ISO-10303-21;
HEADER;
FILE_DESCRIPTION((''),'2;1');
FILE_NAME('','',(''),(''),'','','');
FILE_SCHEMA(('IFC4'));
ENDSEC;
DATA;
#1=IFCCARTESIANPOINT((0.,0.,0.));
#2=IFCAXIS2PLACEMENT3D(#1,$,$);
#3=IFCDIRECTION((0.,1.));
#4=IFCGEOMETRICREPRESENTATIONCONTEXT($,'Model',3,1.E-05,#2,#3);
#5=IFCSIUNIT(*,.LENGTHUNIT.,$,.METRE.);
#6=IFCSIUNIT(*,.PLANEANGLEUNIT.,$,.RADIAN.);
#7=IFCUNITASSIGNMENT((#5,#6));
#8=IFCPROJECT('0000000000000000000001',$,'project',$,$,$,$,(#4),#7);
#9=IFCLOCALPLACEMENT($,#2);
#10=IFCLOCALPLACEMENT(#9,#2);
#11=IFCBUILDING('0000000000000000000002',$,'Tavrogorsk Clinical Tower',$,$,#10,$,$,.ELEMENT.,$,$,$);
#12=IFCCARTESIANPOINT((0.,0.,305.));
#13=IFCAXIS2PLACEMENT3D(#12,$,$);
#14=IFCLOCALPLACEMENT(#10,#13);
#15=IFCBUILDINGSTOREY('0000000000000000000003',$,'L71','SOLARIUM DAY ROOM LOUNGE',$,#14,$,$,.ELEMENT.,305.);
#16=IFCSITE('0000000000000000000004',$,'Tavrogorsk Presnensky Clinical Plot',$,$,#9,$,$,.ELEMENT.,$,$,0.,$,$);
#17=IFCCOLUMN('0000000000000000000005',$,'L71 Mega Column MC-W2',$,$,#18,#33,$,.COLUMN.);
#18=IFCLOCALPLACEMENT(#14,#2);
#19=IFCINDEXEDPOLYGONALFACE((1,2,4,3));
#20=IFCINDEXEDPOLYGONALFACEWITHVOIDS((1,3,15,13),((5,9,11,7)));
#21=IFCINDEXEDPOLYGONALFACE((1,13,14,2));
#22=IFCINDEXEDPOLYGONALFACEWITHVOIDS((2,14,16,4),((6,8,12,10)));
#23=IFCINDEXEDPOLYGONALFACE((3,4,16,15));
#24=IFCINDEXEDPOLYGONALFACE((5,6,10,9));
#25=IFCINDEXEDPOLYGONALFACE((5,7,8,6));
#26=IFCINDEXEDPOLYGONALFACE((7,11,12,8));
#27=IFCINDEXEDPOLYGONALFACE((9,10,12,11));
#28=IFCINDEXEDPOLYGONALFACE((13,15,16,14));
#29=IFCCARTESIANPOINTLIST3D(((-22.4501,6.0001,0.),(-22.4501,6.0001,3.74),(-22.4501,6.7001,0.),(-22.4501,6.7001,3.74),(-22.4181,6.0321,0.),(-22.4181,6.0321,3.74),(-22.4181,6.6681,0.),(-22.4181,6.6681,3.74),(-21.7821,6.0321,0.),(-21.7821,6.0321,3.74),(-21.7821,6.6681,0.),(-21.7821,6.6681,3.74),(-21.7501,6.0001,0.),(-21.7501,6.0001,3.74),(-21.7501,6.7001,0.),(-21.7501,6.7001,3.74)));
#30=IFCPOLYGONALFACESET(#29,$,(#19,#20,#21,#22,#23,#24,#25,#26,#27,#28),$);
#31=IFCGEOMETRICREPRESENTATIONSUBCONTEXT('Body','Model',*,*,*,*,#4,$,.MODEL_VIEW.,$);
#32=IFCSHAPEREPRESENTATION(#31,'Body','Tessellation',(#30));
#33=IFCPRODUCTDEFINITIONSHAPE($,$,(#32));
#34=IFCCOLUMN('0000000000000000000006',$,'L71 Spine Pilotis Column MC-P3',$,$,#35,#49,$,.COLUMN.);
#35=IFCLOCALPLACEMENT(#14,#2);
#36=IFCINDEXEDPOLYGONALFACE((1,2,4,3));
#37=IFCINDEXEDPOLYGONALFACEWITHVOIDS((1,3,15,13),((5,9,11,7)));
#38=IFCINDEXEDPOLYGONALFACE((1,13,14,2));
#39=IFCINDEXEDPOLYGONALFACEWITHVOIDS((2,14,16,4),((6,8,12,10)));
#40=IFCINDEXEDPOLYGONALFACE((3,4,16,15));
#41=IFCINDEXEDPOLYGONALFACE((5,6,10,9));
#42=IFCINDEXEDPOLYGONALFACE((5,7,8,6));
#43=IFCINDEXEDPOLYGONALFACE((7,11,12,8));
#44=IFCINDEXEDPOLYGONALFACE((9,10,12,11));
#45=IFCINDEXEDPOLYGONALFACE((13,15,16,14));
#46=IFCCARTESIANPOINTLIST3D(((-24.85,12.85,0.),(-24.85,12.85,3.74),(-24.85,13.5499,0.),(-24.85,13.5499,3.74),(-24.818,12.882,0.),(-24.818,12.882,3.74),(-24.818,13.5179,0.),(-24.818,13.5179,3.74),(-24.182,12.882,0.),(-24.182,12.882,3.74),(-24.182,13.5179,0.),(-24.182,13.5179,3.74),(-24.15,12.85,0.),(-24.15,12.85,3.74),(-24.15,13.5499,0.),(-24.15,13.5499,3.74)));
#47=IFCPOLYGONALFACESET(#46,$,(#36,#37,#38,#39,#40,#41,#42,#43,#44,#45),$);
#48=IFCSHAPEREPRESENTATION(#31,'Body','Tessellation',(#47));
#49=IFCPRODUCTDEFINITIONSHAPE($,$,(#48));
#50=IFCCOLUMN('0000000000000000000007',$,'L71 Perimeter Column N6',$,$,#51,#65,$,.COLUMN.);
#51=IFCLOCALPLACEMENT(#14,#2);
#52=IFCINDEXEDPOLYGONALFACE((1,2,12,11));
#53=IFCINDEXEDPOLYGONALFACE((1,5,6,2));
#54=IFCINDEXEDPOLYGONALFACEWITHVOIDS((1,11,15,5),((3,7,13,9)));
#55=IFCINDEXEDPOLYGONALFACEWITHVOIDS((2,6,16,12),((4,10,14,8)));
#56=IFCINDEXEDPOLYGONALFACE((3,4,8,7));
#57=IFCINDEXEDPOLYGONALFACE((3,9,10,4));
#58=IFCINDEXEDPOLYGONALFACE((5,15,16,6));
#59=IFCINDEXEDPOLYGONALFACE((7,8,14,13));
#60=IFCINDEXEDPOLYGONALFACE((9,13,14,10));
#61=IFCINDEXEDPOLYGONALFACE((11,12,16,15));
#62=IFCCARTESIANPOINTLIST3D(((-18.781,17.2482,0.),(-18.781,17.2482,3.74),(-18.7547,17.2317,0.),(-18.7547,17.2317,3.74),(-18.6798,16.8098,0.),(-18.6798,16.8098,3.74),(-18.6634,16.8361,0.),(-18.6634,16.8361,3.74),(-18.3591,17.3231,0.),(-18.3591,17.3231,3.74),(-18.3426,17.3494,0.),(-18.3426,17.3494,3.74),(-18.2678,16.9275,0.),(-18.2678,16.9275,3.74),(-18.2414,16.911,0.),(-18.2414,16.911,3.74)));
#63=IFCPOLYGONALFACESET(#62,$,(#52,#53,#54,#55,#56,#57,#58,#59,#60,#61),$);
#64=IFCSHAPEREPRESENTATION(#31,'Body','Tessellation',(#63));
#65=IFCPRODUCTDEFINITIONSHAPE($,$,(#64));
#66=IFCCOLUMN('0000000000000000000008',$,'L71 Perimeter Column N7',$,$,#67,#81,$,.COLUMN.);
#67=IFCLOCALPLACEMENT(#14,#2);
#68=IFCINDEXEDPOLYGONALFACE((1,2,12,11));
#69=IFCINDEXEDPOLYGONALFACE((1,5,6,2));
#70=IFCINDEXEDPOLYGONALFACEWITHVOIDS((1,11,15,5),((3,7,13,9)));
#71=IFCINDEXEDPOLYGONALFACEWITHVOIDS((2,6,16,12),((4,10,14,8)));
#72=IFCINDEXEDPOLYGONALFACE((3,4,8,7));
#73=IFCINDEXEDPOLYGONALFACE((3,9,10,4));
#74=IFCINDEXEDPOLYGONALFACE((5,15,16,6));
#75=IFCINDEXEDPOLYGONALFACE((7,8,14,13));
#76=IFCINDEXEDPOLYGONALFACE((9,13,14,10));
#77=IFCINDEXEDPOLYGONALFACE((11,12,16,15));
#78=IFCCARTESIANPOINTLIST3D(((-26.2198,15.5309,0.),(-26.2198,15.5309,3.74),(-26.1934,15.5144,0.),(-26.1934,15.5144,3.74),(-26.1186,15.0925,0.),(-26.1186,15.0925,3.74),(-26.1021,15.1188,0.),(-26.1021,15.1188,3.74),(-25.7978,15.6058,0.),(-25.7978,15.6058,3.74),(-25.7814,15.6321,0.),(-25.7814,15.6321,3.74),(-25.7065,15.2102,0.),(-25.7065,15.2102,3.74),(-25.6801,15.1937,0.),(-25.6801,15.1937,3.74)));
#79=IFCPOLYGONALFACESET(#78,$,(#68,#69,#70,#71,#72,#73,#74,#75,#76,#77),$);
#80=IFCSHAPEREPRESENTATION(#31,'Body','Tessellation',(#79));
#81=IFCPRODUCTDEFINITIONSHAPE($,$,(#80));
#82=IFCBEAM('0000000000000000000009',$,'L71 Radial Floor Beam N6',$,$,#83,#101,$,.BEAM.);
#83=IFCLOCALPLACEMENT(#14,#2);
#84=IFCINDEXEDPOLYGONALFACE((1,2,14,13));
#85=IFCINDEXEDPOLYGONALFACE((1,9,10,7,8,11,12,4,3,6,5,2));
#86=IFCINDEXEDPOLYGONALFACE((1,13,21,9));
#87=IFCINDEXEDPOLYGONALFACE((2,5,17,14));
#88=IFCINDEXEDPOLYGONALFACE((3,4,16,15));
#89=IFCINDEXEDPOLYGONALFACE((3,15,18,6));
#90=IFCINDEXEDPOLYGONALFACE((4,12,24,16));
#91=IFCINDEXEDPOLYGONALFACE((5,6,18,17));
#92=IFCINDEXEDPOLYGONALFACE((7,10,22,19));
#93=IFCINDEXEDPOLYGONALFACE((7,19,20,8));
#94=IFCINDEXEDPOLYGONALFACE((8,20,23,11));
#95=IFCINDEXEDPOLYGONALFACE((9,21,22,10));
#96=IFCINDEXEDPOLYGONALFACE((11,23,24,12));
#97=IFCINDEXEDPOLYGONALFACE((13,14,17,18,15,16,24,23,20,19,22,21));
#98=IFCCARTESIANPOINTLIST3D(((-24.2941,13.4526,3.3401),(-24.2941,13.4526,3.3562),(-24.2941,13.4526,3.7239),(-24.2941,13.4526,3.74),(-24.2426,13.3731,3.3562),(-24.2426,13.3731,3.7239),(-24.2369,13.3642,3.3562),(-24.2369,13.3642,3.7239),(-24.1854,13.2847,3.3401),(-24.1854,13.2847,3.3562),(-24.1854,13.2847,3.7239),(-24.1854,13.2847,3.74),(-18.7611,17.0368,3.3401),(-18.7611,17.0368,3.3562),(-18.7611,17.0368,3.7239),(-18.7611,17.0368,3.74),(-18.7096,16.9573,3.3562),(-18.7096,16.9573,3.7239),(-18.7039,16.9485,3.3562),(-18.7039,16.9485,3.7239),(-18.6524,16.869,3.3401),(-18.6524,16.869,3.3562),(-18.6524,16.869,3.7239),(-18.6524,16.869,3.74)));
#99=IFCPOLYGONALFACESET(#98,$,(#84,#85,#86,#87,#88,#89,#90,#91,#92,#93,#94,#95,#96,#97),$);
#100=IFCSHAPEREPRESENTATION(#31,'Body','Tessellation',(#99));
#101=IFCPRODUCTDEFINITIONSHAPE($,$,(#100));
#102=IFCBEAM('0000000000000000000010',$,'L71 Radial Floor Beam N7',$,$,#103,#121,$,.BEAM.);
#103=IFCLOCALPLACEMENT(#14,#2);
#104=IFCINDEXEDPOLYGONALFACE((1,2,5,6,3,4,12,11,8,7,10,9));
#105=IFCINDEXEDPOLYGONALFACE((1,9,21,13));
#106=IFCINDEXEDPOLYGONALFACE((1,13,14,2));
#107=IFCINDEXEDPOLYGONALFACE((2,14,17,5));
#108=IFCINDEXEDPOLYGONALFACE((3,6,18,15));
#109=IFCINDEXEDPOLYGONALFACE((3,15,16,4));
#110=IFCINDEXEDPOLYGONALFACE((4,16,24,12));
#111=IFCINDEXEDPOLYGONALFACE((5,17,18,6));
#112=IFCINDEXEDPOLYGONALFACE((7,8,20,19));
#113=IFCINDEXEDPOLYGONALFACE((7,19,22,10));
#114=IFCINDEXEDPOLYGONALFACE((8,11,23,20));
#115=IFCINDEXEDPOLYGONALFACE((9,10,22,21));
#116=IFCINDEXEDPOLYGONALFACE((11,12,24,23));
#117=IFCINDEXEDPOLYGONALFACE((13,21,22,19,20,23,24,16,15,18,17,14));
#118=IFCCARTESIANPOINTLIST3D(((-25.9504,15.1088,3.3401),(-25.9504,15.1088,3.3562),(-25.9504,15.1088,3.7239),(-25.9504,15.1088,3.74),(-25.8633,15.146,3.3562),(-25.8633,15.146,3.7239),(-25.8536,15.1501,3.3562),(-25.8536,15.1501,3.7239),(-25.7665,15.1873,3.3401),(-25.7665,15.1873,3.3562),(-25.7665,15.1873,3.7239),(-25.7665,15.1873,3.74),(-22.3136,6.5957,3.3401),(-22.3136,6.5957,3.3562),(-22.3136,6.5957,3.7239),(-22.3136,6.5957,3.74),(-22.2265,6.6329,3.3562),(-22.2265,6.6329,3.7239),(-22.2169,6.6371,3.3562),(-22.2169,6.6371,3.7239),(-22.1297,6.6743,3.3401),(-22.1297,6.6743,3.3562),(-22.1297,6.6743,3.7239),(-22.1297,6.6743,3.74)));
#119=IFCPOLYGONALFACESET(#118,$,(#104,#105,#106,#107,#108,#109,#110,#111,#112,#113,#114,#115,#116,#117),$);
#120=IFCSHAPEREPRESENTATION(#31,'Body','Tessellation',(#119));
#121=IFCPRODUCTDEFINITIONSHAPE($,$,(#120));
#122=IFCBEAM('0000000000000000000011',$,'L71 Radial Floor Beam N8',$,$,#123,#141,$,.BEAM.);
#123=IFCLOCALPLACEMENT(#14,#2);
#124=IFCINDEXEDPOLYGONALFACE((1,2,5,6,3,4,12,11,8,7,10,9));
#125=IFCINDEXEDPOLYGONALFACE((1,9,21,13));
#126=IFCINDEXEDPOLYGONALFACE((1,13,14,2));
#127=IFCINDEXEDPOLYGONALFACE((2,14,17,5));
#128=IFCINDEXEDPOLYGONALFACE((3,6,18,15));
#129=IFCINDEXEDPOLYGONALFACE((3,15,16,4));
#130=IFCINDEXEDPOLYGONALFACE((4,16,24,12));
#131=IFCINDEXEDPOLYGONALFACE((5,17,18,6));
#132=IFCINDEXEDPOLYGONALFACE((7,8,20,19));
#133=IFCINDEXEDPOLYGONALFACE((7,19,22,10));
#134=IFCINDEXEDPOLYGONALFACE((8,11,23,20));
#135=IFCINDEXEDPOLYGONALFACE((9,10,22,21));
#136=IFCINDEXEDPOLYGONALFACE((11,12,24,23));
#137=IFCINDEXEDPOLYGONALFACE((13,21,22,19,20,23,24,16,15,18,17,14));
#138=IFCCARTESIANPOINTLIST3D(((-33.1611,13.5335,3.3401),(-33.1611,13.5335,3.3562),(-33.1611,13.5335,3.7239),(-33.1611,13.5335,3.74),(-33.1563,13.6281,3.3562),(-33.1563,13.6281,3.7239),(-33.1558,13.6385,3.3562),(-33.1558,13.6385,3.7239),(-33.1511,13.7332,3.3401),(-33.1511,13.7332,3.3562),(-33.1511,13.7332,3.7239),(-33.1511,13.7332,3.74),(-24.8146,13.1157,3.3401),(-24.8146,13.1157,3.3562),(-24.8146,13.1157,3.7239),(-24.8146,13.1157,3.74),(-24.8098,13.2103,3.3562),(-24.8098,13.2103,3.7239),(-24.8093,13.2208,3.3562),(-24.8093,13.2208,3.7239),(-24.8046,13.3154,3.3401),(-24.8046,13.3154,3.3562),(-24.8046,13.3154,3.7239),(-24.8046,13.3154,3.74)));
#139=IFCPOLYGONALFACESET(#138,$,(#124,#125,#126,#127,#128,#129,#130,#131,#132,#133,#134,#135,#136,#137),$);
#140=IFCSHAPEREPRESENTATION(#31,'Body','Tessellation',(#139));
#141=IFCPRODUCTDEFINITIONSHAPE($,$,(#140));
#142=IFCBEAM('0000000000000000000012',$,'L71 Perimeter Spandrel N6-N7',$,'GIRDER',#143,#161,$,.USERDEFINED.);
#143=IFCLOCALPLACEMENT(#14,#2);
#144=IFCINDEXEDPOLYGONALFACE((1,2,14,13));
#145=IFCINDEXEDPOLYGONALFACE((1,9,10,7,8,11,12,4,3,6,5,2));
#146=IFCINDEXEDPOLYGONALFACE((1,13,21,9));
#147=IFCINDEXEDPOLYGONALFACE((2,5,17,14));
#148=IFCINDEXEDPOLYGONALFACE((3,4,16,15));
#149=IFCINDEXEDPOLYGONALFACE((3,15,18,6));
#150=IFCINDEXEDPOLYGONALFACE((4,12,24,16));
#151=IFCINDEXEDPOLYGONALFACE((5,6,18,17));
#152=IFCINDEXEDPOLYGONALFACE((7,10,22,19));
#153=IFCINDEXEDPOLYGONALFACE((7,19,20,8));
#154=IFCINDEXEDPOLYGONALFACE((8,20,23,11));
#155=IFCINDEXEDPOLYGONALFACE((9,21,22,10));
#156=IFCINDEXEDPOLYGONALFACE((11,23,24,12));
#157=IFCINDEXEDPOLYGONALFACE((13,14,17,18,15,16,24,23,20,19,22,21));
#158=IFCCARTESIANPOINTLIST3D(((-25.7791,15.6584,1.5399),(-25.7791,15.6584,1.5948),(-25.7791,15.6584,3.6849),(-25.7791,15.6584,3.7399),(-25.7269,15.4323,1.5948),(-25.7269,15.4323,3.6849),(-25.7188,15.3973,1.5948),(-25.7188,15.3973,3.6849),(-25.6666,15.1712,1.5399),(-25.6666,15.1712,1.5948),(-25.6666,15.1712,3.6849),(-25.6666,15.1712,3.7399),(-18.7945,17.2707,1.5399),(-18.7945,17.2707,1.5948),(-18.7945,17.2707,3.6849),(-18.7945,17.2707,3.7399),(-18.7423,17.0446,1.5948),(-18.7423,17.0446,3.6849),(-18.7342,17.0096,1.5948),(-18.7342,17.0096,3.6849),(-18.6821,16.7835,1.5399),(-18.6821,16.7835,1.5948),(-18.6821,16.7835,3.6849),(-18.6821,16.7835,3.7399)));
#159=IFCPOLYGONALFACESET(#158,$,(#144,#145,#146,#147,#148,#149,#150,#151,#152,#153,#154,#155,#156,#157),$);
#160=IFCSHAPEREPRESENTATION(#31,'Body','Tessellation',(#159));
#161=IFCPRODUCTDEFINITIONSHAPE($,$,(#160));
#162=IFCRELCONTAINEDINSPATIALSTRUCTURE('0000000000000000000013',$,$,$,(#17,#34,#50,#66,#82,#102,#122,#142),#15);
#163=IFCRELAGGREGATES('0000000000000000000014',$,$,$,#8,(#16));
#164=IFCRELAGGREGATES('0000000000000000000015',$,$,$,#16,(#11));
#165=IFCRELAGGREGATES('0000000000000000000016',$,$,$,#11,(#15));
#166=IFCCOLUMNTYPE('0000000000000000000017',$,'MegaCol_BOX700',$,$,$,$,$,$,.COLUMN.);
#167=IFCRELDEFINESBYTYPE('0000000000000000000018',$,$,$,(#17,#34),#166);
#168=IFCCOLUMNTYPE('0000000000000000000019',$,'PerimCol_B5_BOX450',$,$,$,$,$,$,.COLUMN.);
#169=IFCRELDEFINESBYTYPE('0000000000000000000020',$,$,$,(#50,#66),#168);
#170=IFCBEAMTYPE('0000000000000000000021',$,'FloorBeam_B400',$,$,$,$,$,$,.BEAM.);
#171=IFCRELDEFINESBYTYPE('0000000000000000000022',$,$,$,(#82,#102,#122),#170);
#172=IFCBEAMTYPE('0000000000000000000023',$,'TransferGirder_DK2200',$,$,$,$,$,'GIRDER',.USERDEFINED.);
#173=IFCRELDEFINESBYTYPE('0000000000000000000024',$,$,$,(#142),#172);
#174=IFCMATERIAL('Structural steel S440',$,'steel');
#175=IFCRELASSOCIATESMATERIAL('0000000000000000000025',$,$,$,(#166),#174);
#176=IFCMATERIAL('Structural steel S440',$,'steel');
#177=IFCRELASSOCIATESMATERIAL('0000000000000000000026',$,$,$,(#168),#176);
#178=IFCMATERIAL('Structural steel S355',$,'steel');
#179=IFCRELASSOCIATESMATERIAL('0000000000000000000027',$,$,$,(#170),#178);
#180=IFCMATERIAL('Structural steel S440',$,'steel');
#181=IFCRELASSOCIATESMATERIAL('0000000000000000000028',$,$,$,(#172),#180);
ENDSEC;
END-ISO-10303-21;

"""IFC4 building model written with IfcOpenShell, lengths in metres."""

from ifc_helpers import new_model, si_unit, direction, frame, origin, origin_2d, place, context, subcontext, project, spatial, hollow_rectangle, i_section, extrude, material, material_profile, profile_set, type_object, element, save


model = new_model("IFC4")

# Units and contexts
model_context = context("Model", 3, precision=1e-05, world=origin(), true_north=direction((0.0, 1.0)))
body_context = subcontext(model_context, "Body", "Model", "MODEL_VIEW")
ifc_project = project(units=[si_unit("LENGTHUNIT", "METRE"), si_unit("PLANEANGLEUNIT", "RADIAN")], contexts=[model_context])

# Site, building, storey
site_placement = place(None, origin())
site = spatial("IfcSite", under=ifc_project, at=site_placement, Name="Tavrogorsk Presnensky Clinical Plot", CompositionType="ELEMENT", RefElevation=0.0)
building_placement = place(site_placement, origin())
building = spatial("IfcBuilding", under=site, at=building_placement, Name="Tavrogorsk Clinical Tower", CompositionType="ELEMENT")
storey_placement = place(building_placement, frame((0.0, 0.0, 305.0)))
storey = spatial("IfcBuildingStorey", under=building, at=storey_placement, Name="L71", Description="SOLARIUM DAY ROOM LOUNGE", CompositionType="ELEMENT", Elevation=305.0)

# Columns
ifc_material_1 = material(Name="Structural steel S440", Category="steel")
ifc_material_profile_1 = material_profile(ifc_material_1, hollow_rectangle(XDim=0.7, YDim=0.7, WallThickness=0.032, at=origin_2d()), Name="BOX-700x700x32")
ifc_profile_set_1 = profile_set([ifc_material_profile_1], Name="Structural steel S440")
column_type_1 = type_object("IfcColumnType", Name="MegaCol_BOX700", PredefinedType="COLUMN", material=ifc_profile_set_1)
for number, where, z_axis, x_axis, name in (
    (1, (-22.1001, 6.3501, 0.0), (0.0, 0.0, 1.0), (1.0, 0.0, 0.0), "L71 Mega Column MC-W2"),
    (2, (-24.5, 13.2, 0.0), (0.0, 0.0, 1.0), (1.0, 0.0, 0.0), "L71 Spine Pilotis Column MC-P3"),
):
    element("IfcColumn", number, at=place(storey_placement, frame(where, z_axis=z_axis, x_axis=x_axis)), inside=storey, type_object=column_type_1, Name=name, PredefinedType="COLUMN", context=body_context, shape_type="SweptSolid", body=[
        extrude(hollow_rectangle(XDim=0.7, YDim=0.7, WallThickness=0.032, at=origin_2d()), origin(), (0.0, 0.0, 1.0), 3.74),
    ])
ifc_material_2 = material(Name="Structural steel S440", Category="steel")
ifc_material_profile_2 = material_profile(ifc_material_2, hollow_rectangle(XDim=0.45, YDim=0.45, WallThickness=0.022, at=origin_2d()), Name="BOX-450x450x22")
ifc_profile_set_2 = profile_set([ifc_material_profile_2], Name="Structural steel S440")
column_type_2 = type_object("IfcColumnType", Name="PerimCol_B5_BOX450", PredefinedType="COLUMN", material=ifc_profile_set_2)
for number, where, z_axis, x_axis, name in (
    (3, (-18.5112, 17.0796, 0.0), (0.0, 0.0, 1.0), (0.97437, 0.224951, 0.0), "L71 Perimeter Column N6"),
    (4, (-25.95, 15.3623, 0.0), (0.0, 0.0, 1.0), (0.97437, 0.224951, 0.0), "L71 Perimeter Column N7"),
):
    element("IfcColumn", number, at=place(storey_placement, frame(where, z_axis=z_axis, x_axis=x_axis)), inside=storey, type_object=column_type_2, Name=name, PredefinedType="COLUMN", context=body_context, shape_type="SweptSolid", body=[
        extrude(hollow_rectangle(XDim=0.45, YDim=0.45, WallThickness=0.022, at=origin_2d()), origin(), (0.0, 0.0, 1.0), 3.74),
    ])

# Beams
ifc_material_3 = material(Name="Structural steel S355", Category="steel")
ifc_material_profile_3 = material_profile(ifc_material_3, i_section(OverallWidth=0.2, OverallDepth=0.3999, WebThickness=0.0105, FlangeThickness=0.0161, at=origin_2d()), Name="B-400x200x10.5x16")
ifc_profile_set_3 = profile_set([ifc_material_profile_3], Name="Structural steel S355")
beam_type_1 = type_object("IfcBeamType", Name="FloorBeam_B400", PredefinedType="BEAM", material=ifc_profile_set_3)
beam_1_placement = place(storey_placement, frame((-24.2397, 13.3687, 3.54), z_axis=(0.839288, 0.543687, 0.0), x_axis=(-0.543687, 0.839288, 0.0)))
element("IfcBeam", 5, at=beam_1_placement, inside=storey, type_object=beam_type_1, Name="L71 Radial Floor Beam N6", PredefinedType="BEAM", context=body_context, shape_type="SweptSolid", body=[
    extrude(i_section(OverallWidth=0.2, OverallDepth=0.3999, WebThickness=0.0105, FlangeThickness=0.0161, at=origin_2d()), origin(), (0.0, 0.0, 1.0), 6.5925),
])
beam_2_placement = place(storey_placement, frame((-22.2217, 6.635, 3.54), z_axis=(-0.392853, 0.919601, 0.0), x_axis=(-0.919601, -0.392853, 0.0)))
element("IfcBeam", 6, at=beam_2_placement, inside=storey, type_object=beam_type_1, Name="L71 Radial Floor Beam N7", PredefinedType="BEAM", context=body_context, shape_type="SweptSolid", body=[
    extrude(i_section(OverallWidth=0.2, OverallDepth=0.3999, WebThickness=0.0105, FlangeThickness=0.0161, at=origin_2d()), origin(), (0.0, 0.0, 1.0), 9.2573),
])
beam_3_placement = place(storey_placement, frame((-24.8096, 13.2156, 3.54), z_axis=(-0.99875, 0.049986, 0.0), x_axis=(-0.049986, -0.99875, 0.0)))
element("IfcBeam", 7, at=beam_3_placement, inside=storey, type_object=beam_type_1, Name="L71 Radial Floor Beam N8", PredefinedType="BEAM", context=body_context, shape_type="SweptSolid", body=[
    extrude(i_section(OverallWidth=0.2, OverallDepth=0.3999, WebThickness=0.0105, FlangeThickness=0.0161, at=origin_2d()), origin(), (0.0, 0.0, 1.0), 8.3569),
])
ifc_material_4 = material(Name="Structural steel S440", Category="steel")
ifc_material_profile_4 = material_profile(ifc_material_4, i_section(OverallWidth=0.5, OverallDepth=2.2, WebThickness=0.0359, FlangeThickness=0.0549, at=origin_2d()), Name="DK-2200x500x36x55")
ifc_profile_set_4 = profile_set([ifc_material_profile_4], Name="Structural steel S440")
beam_type_2 = type_object("IfcBeamType", Name="TransferGirder_DK2200", ElementType="GIRDER", PredefinedType="USERDEFINED", material=ifc_profile_set_4)
beam_4_placement = place(storey_placement, frame((-18.7383, 17.0271, 2.6399), z_axis=(-0.974377, -0.224922, 0.0), x_axis=(0.224922, -0.974377, 0.0)))
element("IfcBeam", 8, at=beam_4_placement, inside=storey, type_object=beam_type_2, Name="L71 Perimeter Spandrel N6-N7", ObjectType="GIRDER", PredefinedType="USERDEFINED", context=body_context, shape_type="SweptSolid", body=[
    extrude(i_section(OverallWidth=0.5, OverallDepth=2.2, WebThickness=0.0359, FlangeThickness=0.0549, at=origin_2d()), origin(), (0.0, 0.0, 1.0), 7.1682),
])

save(model, "model.ifc")
